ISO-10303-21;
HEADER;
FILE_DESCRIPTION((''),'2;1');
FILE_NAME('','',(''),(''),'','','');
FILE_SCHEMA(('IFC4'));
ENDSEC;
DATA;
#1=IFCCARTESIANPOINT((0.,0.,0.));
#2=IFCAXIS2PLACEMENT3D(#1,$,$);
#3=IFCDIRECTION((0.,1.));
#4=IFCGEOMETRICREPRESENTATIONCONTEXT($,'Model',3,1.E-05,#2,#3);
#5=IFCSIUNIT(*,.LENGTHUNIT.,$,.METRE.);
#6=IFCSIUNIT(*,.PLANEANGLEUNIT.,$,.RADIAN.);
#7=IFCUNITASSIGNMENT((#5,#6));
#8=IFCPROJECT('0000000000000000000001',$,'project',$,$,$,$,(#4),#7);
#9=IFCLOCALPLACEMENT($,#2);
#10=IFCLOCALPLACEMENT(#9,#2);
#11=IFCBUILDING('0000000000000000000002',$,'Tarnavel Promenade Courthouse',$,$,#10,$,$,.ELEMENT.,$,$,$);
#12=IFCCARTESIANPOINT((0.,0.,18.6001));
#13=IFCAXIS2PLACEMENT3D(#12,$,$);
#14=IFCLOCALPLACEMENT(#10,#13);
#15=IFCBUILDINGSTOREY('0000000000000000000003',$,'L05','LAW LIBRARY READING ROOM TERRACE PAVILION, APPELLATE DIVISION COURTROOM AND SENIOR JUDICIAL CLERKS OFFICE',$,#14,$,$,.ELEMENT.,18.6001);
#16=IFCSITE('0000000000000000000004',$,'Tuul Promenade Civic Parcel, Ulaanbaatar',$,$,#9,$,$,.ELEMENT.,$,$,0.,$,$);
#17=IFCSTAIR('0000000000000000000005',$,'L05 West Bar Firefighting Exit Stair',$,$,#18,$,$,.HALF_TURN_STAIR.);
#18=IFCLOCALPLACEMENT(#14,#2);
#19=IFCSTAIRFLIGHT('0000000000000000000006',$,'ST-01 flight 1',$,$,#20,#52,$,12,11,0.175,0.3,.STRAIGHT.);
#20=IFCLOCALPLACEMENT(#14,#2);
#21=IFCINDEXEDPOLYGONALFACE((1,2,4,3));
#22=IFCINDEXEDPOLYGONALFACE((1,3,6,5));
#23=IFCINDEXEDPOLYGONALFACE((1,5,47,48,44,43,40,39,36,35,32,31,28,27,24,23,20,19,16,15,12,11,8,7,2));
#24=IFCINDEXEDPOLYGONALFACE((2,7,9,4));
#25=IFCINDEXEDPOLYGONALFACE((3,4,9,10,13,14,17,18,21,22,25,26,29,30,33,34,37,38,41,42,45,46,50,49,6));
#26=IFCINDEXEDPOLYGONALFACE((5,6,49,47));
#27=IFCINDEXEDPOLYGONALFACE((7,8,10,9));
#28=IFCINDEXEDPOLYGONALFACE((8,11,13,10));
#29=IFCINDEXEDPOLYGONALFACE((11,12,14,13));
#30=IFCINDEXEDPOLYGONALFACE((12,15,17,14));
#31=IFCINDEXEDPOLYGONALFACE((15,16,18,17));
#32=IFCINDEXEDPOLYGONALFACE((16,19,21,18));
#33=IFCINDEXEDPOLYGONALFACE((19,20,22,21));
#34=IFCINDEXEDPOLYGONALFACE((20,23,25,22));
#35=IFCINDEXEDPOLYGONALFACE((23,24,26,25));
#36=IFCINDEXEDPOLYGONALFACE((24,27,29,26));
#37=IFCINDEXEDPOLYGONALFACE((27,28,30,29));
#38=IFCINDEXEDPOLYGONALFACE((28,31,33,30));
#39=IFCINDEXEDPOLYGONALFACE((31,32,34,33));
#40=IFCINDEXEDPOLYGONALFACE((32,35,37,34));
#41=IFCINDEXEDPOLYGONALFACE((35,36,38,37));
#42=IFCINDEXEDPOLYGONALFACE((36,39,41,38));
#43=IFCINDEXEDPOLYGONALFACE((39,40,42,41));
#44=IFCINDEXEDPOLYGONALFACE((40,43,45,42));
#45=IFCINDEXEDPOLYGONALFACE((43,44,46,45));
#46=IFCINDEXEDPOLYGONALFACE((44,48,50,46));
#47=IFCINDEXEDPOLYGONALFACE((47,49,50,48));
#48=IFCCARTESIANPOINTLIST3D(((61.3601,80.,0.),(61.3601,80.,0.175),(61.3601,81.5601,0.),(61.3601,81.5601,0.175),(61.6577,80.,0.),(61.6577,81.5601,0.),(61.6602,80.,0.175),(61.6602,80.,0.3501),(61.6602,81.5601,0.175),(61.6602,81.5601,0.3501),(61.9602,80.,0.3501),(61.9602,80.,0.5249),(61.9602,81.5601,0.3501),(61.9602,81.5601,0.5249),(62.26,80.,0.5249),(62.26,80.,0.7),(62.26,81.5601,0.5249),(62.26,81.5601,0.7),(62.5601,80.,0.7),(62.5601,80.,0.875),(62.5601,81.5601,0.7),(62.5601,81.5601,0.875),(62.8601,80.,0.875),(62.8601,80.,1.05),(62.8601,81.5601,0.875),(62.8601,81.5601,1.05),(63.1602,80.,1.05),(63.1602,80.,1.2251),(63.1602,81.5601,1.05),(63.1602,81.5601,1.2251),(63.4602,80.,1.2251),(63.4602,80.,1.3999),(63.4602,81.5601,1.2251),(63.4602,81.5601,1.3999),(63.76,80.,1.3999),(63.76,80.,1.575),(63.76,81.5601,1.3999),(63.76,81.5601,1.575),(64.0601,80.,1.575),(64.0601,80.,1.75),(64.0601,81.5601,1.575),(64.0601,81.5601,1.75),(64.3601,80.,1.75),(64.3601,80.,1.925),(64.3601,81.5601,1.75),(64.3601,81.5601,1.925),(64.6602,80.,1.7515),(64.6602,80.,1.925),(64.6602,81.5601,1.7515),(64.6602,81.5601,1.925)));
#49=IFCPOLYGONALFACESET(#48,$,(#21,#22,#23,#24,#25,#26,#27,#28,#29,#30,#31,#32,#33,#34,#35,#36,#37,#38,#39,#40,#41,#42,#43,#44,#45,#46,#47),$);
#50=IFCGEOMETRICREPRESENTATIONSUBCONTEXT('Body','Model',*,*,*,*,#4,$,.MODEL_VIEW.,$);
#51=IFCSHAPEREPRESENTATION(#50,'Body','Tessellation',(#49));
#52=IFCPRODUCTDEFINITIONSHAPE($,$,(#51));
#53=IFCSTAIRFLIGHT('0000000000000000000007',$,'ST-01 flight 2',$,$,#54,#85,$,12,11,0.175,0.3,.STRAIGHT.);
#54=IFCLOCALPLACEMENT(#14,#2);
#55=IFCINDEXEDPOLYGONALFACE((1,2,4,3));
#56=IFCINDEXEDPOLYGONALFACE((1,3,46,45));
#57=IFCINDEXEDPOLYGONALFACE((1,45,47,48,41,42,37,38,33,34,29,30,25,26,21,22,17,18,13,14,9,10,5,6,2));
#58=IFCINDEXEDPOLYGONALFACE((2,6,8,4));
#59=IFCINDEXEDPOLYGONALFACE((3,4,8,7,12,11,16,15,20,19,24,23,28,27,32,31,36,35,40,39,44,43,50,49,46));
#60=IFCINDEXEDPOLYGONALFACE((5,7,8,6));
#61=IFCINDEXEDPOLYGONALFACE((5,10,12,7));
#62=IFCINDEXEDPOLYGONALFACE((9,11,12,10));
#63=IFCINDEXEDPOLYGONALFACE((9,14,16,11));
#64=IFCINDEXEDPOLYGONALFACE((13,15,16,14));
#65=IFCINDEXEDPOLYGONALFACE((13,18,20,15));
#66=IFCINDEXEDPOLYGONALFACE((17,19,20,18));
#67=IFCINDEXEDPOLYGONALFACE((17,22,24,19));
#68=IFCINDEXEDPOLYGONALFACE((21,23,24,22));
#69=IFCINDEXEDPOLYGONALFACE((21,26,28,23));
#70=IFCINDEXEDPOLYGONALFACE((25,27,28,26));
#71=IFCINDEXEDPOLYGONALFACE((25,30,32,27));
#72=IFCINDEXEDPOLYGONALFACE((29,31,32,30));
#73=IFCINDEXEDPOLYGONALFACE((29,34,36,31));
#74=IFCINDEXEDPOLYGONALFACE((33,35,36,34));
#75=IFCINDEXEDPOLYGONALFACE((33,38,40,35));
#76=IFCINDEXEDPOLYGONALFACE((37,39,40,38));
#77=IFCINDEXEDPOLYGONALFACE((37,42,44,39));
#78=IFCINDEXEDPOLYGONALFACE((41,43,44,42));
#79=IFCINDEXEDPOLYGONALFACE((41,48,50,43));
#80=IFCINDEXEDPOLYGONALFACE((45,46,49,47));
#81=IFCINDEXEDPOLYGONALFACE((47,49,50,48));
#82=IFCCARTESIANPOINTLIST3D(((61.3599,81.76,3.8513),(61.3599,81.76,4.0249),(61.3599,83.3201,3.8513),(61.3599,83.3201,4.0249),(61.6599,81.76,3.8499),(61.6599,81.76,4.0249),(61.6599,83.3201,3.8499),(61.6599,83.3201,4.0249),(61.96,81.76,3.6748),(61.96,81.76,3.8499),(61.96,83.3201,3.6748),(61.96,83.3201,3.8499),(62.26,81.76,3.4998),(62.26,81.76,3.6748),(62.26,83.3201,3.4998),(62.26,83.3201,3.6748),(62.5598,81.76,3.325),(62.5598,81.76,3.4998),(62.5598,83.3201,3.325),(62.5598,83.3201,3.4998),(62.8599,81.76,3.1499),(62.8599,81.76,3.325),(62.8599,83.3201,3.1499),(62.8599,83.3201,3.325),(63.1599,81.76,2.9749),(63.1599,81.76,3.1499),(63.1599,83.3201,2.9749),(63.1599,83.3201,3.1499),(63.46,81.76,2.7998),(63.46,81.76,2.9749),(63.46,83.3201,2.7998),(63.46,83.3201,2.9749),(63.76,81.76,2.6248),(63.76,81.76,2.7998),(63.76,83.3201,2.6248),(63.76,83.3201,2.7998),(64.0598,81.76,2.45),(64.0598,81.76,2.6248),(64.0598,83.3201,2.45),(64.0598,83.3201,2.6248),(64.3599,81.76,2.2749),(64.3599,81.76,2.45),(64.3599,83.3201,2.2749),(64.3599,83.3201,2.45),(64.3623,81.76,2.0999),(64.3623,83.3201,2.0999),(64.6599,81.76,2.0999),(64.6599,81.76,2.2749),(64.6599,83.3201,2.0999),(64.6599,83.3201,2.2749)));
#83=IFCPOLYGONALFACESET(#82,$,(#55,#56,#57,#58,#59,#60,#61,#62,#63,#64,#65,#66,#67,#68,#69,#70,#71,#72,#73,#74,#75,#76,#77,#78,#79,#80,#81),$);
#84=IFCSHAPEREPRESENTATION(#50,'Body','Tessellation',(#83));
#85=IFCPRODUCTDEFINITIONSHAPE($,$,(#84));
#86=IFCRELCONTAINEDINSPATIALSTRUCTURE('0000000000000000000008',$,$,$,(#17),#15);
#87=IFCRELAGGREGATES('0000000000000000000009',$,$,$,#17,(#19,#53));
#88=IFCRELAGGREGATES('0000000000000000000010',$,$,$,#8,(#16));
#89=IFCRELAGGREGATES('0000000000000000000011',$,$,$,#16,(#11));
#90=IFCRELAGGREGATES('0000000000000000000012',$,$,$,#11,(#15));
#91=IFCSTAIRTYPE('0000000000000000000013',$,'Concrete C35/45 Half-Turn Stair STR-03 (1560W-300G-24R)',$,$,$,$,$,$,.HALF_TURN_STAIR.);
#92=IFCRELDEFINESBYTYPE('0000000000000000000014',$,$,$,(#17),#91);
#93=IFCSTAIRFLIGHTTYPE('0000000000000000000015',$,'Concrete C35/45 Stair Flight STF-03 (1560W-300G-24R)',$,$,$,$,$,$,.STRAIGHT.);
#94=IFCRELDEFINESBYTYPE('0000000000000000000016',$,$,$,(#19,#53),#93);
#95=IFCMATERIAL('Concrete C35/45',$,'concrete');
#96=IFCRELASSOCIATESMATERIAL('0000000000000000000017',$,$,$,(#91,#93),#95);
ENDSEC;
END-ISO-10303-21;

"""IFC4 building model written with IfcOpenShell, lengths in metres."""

from ifc_helpers import new_model, si_unit, direction, frame, origin, place, context, subcontext, project, spatial, polyline, outline, extrude, material, type_object, element, aggregate, save


model = new_model("IFC4")

# Units and contexts
model_context = context("Model", 3, precision=1e-05, world=origin(), true_north=direction((0.0, 1.0)))
body_context = subcontext(model_context, "Body", "Model", "MODEL_VIEW")
ifc_project = project(units=[si_unit("LENGTHUNIT", "METRE"), si_unit("PLANEANGLEUNIT", "RADIAN")], contexts=[model_context])

# Site, building, storey
site_placement = place(None, origin())
site = spatial("IfcSite", under=ifc_project, at=site_placement, Name="Tuul Promenade Civic Parcel, Ulaanbaatar", CompositionType="ELEMENT", RefElevation=0.0)
building_placement = place(site_placement, origin())
building = spatial("IfcBuilding", under=site, at=building_placement, Name="Tarnavel Promenade Courthouse", CompositionType="ELEMENT")
storey_placement = place(building_placement, frame((0.0, 0.0, 18.6001)))
storey = spatial("IfcBuildingStorey", under=building, at=storey_placement, Name="L05", Description="LAW LIBRARY READING ROOM TERRACE PAVILION, APPELLATE DIVISION COURTROOM AND SENIOR JUDICIAL CLERKS OFFICE", CompositionType="ELEMENT", Elevation=18.6001)

# Stair, stair flights
ifc_material_1 = material(Name="Concrete C35/45", Category="concrete")
stair_type = type_object("IfcStairType", Name="Concrete C35/45 Half-Turn Stair STR-03 (1560W-300G-24R)", PredefinedType="HALF_TURN_STAIR", material=ifc_material_1)
stair_placement = place(storey_placement, origin())
stair = element("IfcStair", 1, at=stair_placement, inside=storey, type_object=stair_type, Name="L05 West Bar Firefighting Exit Stair", PredefinedType="HALF_TURN_STAIR")
stair_flight_type = type_object("IfcStairFlightType", Name="Concrete C35/45 Stair Flight STF-03 (1560W-300G-24R)", PredefinedType="STRAIGHT", material=ifc_material_1)
stair_flight_1_placement = place(storey_placement, frame((61.3601, 80.78, 0.0), z_axis=(0.0, 0.0, 1.0), x_axis=(1.0, 0.0, 0.0)))
stair_flight_1 = element("IfcStairFlight", 2, at=stair_flight_1_placement, type_object=stair_flight_type, Name="ST-01 flight 1", NumberOfRisers=12, NumberOfTreads=11, PredefinedType="STRAIGHT", RiserHeight=0.175, TreadLength=0.3, context=body_context, shape_type="SweptSolid", body=[
    extrude(outline(polyline([(0.0, 0.0), (0.0, 0.175), (0.3, 0.175), (0.3, 0.3501), (0.6001, 0.3501), (0.6001, 0.5249), (0.8999, 0.5249), (0.8999, 0.7), (1.2, 0.7), (1.2, 0.875), (1.5, 0.875), (1.5, 1.05), (1.8, 1.05), (1.8, 1.2251), (2.1001, 1.2251), (2.1001, 1.3999), (2.3999, 1.3999), (2.3999, 1.575), (2.7, 1.575), (2.7, 1.75), (3.0, 1.75), (3.0, 1.925), (3.3, 1.925), (3.3, 2.1001), (3.3, 1.7515), (0.2976, 0.0), (0.0, 0.0)])), frame((0.0, 0.78, 0.0), z_axis=(0.0, -1.0, 0.0), x_axis=(1.0, 0.0, 0.0)), (0.0, 0.0, 1.0), 1.5601),
])
stair_flight_2_placement = place(storey_placement, frame((64.6599, 82.54, 2.0999), z_axis=(0.0, 0.0, 1.0), x_axis=(-1.0, 0.0, 0.0)))
stair_flight_2 = element("IfcStairFlight", 3, at=stair_flight_2_placement, type_object=stair_flight_type, Name="ST-01 flight 2", NumberOfRisers=12, NumberOfTreads=11, PredefinedType="STRAIGHT", RiserHeight=0.175, TreadLength=0.3, context=body_context, shape_type="SweptSolid", body=[
    extrude(outline(polyline([(0.0, 0.0), (0.0, 0.175), (0.3, 0.175), (0.3, 0.3501), (0.6001, 0.3501), (0.6001, 0.5249), (0.8999, 0.5249), (0.8999, 0.7), (1.2, 0.7), (1.2, 0.875), (1.5, 0.875), (1.5, 1.05), (1.8, 1.05), (1.8, 1.2251), (2.1001, 1.2251), (2.1001, 1.3999), (2.3999, 1.3999), (2.3999, 1.575), (2.7, 1.575), (2.7, 1.75), (3.0, 1.75), (3.0, 1.925), (3.3, 1.925), (3.3, 2.1001), (3.3, 1.7515), (0.2976, 0.0), (0.0, 0.0)])), frame((0.0, 0.78, 0.0), z_axis=(0.0, -1.0, 0.0), x_axis=(1.0, 0.0, 0.0)), (0.0, 0.0, 1.0), 1.5601),
])
aggregate(stair, [stair_flight_1, stair_flight_2])

save(model, "model.ifc")
